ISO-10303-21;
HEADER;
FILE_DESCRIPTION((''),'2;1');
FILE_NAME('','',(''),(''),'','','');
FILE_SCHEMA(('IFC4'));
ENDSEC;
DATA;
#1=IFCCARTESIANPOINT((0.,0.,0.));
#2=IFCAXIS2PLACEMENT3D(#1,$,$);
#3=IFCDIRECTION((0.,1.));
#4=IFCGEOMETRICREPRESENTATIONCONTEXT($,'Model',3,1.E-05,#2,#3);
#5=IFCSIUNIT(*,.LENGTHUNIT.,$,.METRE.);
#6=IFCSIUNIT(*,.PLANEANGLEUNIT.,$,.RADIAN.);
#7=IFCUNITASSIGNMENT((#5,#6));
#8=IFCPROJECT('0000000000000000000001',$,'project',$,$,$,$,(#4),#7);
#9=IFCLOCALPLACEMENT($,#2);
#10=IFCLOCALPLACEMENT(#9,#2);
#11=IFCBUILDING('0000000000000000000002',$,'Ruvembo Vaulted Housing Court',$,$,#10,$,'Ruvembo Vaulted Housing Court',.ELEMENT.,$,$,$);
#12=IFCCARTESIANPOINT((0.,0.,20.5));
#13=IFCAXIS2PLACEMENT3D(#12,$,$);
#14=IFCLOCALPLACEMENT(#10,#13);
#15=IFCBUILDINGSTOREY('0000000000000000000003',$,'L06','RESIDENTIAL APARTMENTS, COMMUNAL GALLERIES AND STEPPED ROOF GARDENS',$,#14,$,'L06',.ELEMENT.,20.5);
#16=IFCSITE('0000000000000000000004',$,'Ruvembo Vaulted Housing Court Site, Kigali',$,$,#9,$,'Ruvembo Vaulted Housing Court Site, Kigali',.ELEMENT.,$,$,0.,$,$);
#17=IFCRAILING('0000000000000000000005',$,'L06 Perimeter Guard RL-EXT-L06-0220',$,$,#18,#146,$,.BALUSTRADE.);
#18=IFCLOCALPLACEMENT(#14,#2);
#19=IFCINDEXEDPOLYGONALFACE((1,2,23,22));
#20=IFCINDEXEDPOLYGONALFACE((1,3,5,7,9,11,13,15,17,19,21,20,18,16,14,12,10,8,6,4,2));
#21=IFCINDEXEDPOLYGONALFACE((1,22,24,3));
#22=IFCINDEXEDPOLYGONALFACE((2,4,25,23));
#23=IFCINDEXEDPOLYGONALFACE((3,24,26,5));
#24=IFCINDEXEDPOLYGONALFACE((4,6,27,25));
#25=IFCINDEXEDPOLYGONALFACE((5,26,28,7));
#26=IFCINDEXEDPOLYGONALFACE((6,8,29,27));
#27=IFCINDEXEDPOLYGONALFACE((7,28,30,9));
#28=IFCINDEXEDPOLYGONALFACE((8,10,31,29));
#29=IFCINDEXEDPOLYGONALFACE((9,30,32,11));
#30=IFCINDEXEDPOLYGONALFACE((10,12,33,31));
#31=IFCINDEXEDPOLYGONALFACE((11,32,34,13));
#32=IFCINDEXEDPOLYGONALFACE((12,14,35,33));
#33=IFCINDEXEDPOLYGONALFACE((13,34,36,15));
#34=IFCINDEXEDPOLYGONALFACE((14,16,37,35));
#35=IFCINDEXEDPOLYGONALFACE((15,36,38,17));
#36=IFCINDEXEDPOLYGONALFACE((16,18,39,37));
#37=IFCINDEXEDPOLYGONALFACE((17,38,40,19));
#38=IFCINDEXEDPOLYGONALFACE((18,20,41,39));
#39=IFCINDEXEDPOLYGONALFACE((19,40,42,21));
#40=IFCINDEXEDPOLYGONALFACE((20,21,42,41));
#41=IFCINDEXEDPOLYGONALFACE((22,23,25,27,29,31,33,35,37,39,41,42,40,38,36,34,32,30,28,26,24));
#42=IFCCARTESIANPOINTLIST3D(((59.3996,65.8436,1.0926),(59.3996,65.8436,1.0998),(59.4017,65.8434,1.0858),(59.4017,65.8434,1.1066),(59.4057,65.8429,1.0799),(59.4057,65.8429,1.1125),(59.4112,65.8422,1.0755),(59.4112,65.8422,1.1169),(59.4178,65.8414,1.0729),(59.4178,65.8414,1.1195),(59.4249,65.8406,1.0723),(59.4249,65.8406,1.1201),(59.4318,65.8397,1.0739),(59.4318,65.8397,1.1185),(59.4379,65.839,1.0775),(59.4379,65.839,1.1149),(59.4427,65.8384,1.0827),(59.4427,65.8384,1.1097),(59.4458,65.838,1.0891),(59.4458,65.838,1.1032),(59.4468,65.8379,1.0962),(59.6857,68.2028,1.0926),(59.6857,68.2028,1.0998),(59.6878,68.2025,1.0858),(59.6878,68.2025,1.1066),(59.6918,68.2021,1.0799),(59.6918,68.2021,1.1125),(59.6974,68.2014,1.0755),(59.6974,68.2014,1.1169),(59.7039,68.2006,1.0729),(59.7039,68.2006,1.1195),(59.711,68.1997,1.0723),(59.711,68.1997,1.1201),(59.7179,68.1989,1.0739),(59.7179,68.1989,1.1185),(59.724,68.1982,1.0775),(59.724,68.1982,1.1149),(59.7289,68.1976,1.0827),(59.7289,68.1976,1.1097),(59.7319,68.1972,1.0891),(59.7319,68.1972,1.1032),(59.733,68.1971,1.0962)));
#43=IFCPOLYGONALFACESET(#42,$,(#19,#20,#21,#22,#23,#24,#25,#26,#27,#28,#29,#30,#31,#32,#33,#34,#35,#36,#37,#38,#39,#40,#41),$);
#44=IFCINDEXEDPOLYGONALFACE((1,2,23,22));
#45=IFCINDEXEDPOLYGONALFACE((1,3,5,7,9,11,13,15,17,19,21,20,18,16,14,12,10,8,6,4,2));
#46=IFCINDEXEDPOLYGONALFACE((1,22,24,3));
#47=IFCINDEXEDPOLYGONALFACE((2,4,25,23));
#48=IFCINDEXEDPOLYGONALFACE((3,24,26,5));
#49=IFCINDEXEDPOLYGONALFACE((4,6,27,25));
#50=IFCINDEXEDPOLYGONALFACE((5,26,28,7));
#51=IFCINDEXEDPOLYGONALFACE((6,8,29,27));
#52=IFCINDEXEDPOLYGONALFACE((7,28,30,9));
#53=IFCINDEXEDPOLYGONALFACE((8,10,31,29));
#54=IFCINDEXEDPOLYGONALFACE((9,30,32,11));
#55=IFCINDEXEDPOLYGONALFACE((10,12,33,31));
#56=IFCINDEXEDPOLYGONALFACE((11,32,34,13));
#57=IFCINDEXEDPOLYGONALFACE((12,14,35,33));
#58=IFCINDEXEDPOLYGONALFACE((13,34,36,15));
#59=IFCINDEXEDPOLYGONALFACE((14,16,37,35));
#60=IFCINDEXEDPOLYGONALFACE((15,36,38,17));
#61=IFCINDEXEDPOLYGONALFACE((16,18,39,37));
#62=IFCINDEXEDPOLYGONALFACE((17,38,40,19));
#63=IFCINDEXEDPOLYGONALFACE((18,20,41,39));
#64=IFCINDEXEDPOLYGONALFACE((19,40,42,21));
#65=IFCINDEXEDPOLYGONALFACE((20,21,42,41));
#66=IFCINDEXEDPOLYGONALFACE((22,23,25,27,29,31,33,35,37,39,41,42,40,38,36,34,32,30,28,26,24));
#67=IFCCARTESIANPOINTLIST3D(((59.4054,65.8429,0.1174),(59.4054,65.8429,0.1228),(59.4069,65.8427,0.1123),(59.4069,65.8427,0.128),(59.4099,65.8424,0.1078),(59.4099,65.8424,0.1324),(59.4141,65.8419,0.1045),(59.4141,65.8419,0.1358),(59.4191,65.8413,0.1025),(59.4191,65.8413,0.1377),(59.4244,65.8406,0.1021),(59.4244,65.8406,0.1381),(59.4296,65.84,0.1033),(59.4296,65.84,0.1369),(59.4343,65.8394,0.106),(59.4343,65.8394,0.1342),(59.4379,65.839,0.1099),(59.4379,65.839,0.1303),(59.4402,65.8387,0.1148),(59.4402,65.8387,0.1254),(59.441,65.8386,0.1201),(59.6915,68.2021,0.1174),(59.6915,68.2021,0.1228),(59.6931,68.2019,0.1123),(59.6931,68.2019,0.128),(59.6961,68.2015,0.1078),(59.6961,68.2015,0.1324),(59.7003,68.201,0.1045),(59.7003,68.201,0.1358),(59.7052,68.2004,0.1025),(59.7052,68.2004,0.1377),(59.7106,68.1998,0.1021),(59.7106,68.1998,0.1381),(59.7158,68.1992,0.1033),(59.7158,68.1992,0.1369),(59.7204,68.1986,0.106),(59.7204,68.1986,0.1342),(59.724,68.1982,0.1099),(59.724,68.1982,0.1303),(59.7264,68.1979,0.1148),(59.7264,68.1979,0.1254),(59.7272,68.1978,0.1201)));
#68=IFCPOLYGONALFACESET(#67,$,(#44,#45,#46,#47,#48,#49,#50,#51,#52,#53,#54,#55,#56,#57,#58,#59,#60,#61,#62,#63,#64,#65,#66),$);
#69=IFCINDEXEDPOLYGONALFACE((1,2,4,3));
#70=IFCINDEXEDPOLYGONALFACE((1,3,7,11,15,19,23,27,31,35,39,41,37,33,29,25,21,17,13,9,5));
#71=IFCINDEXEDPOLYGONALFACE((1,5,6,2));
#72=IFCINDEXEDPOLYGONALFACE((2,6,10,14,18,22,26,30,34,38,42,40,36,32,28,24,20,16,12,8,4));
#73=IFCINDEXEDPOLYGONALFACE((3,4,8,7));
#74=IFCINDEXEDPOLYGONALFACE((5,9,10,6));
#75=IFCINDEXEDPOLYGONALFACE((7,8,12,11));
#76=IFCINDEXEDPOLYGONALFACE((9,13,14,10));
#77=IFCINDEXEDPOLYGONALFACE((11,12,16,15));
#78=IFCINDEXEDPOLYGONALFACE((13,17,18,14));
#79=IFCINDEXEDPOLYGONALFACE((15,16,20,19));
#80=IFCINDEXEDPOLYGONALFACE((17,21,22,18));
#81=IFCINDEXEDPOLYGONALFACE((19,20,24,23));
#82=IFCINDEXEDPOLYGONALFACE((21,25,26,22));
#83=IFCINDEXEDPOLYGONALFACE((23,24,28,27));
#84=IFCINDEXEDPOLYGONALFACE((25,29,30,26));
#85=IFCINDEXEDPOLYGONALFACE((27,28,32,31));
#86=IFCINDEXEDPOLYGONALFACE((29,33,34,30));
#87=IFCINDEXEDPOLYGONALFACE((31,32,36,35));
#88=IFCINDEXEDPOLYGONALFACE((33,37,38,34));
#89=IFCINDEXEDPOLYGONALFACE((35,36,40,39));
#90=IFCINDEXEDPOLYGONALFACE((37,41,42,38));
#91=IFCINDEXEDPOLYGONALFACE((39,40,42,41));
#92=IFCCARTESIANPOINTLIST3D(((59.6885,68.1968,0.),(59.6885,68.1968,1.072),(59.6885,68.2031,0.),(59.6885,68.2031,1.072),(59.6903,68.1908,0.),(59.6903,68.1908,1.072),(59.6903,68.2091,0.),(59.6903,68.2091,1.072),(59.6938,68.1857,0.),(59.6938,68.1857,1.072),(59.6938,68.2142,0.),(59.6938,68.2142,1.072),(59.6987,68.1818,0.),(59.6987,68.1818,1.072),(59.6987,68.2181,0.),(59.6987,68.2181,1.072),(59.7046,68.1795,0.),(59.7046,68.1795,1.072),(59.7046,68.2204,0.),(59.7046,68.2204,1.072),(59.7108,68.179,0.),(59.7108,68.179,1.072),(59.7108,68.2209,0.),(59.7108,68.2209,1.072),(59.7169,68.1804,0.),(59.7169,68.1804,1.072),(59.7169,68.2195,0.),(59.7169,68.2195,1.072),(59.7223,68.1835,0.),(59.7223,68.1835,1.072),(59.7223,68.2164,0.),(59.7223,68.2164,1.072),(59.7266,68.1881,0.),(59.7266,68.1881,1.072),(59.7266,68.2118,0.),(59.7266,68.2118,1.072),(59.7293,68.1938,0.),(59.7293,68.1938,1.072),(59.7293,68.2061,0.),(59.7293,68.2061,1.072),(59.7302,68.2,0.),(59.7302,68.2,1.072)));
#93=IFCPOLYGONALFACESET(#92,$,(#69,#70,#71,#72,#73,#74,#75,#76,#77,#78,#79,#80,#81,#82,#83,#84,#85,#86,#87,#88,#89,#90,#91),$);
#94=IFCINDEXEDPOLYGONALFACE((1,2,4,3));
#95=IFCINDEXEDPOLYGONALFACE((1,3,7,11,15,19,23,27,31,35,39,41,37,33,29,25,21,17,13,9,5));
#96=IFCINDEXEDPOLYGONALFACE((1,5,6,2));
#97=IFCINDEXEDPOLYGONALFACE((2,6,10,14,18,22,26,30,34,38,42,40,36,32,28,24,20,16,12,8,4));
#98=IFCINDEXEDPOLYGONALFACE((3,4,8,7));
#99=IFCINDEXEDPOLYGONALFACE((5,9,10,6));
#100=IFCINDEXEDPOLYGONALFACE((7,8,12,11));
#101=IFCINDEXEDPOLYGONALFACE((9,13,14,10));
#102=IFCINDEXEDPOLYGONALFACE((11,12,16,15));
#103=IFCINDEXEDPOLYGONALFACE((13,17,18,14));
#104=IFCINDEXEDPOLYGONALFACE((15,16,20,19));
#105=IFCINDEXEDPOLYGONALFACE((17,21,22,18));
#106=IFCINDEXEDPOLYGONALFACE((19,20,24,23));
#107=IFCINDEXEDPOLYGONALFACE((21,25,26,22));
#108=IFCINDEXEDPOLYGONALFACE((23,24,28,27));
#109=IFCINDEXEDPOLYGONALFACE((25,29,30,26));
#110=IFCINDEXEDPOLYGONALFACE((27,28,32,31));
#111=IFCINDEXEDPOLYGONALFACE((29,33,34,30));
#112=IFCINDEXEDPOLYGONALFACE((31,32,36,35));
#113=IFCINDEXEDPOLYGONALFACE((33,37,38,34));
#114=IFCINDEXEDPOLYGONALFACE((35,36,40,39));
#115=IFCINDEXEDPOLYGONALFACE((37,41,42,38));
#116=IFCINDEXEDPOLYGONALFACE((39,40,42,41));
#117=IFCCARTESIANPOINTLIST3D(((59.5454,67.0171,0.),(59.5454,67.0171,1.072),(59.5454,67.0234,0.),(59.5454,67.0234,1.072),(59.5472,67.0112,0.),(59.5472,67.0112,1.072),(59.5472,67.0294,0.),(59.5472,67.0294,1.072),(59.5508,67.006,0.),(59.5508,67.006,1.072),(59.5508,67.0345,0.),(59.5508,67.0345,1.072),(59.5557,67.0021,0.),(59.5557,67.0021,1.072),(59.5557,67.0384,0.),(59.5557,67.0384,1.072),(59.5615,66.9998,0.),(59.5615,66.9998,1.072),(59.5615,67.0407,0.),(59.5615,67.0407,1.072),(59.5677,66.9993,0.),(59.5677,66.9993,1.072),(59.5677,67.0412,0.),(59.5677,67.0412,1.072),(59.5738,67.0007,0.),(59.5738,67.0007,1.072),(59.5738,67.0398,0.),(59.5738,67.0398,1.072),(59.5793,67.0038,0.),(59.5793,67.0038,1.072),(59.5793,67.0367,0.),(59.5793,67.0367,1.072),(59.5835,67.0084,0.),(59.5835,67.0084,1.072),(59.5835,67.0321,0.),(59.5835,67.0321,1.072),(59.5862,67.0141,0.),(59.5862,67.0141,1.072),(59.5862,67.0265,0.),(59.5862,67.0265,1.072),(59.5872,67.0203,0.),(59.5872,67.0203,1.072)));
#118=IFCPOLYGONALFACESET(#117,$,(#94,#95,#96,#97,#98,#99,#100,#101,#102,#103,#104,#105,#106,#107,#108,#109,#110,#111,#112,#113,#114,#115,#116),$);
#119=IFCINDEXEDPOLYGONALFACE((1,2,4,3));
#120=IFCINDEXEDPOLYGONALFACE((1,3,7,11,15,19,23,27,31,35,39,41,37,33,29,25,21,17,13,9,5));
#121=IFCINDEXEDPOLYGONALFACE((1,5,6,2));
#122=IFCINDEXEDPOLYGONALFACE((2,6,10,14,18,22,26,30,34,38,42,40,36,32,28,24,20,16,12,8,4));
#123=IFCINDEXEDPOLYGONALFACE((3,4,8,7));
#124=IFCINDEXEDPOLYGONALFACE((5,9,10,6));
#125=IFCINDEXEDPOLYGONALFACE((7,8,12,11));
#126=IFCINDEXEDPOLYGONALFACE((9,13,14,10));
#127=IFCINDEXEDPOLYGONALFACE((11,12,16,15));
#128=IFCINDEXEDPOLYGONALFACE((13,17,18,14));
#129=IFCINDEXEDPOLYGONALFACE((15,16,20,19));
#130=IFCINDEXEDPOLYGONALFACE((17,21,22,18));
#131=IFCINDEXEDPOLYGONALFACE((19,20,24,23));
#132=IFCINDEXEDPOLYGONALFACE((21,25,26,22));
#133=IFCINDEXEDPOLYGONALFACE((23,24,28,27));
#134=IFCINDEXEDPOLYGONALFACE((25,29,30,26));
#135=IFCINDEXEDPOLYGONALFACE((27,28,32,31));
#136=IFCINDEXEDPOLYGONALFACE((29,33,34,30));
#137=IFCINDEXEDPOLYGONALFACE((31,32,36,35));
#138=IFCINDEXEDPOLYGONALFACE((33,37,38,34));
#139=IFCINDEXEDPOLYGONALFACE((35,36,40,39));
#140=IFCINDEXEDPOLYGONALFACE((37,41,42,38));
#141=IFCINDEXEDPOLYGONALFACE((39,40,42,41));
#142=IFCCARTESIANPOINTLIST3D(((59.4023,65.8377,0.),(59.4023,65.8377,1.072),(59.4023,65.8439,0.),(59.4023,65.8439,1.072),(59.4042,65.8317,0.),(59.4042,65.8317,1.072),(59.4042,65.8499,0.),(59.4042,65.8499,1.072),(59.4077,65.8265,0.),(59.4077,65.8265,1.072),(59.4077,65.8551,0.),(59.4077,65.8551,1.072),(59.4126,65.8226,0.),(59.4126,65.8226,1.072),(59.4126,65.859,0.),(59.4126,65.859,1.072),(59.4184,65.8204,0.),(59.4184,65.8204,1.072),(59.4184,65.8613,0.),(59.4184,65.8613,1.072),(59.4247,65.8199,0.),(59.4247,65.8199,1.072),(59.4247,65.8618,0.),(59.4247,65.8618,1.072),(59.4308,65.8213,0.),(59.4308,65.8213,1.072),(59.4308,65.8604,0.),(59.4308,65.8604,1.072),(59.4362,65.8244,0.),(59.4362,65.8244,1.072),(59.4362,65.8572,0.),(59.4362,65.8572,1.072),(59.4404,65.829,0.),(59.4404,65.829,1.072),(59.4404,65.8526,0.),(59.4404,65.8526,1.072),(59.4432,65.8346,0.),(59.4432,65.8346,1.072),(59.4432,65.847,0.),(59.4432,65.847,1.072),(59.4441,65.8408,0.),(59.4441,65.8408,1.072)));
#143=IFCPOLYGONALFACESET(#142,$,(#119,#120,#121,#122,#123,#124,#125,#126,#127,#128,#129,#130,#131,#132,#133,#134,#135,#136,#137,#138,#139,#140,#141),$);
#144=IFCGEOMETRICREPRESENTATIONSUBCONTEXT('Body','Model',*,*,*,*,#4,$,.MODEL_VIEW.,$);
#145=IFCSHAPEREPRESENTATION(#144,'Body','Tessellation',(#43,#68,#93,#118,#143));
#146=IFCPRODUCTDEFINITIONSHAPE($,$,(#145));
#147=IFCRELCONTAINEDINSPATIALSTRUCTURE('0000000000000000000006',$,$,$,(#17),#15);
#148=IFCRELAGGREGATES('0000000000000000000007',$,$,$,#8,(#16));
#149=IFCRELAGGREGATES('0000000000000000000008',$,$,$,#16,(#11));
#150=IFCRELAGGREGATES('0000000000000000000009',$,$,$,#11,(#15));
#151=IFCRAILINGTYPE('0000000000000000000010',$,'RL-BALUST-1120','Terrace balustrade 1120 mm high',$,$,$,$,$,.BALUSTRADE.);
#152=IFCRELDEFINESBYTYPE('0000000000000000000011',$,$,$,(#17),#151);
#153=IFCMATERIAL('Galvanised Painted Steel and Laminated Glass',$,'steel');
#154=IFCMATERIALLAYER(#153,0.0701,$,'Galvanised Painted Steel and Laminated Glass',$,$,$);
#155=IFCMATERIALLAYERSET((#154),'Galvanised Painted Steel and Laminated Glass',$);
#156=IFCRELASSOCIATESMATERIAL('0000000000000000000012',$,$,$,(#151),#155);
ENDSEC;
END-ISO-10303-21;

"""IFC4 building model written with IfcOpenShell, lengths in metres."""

from ifc_helpers import new_model, si_unit, direction, frame, origin, origin_2d, place, context, subcontext, project, spatial, circle, extrude, material, layer, layer_set, type_object, element, save


model = new_model("IFC4")

# Units and contexts
model_context = context("Model", 3, precision=1e-05, world=origin(), true_north=direction((0.0, 1.0)))
body_context = subcontext(model_context, "Body", "Model", "MODEL_VIEW")
ifc_project = project(units=[si_unit("LENGTHUNIT", "METRE"), si_unit("PLANEANGLEUNIT", "RADIAN")], contexts=[model_context])

# Site, building, storey
site_placement = place(None, origin())
site = spatial("IfcSite", under=ifc_project, at=site_placement, Name="Ruvembo Vaulted Housing Court Site, Kigali", LongName="Ruvembo Vaulted Housing Court Site, Kigali", CompositionType="ELEMENT", RefElevation=0.0)
building_placement = place(site_placement, origin())
building = spatial("IfcBuilding", under=site, at=building_placement, Name="Ruvembo Vaulted Housing Court", LongName="Ruvembo Vaulted Housing Court", CompositionType="ELEMENT")
storey_placement = place(building_placement, frame((0.0, 0.0, 20.5)))
storey = spatial("IfcBuildingStorey", under=building, at=storey_placement, Name="L06", Description="RESIDENTIAL APARTMENTS, COMMUNAL GALLERIES AND STEPPED ROOF GARDENS", LongName="L06", CompositionType="ELEMENT", Elevation=20.5)

# Railing
ifc_material_1 = material(Name="Galvanised Painted Steel and Laminated Glass", Category="steel")
ifc_layer = layer(ifc_material_1, 0.0701, Name="Galvanised Painted Steel and Laminated Glass")
ifc_layer_set = layer_set([ifc_layer], Name="Galvanised Painted Steel and Laminated Glass")
railing_type = type_object("IfcRailingType", Name="RL-BALUST-1120", Description="Terrace balustrade 1120 mm high", PredefinedType="BALUSTRADE", material=ifc_layer_set)
railing_1_placement = place(storey_placement, frame((59.7092, 68.2, 0.0)))
element("IfcRailing", 1, at=railing_1_placement, inside=storey, type_object=railing_type, Name="L06 Perimeter Guard RL-EXT-L06-0220", PredefinedType="BALUSTRADE", context=body_context, shape_type="SweptSolid", body=[
    extrude(circle(Radius=0.0239, at=origin_2d()), frame((0.0, 0.0, 1.0962), z_axis=(-0.120405, -0.992725, 0.0), x_axis=(0.992725, -0.120405, 0.0)), (0.0, 0.0, 1.0), 2.3765),
    extrude(circle(Radius=0.0181, at=origin_2d()), frame((0.0, 0.0, 0.1201), z_axis=(-0.120405, -0.992725, 0.0), x_axis=(0.992725, -0.120405, 0.0)), (0.0, 0.0, 1.0), 2.3765),
    extrude(circle(Radius=0.021, at=origin_2d()), origin(), (0.0, 0.0, 1.0), 1.072),
    extrude(circle(Radius=0.021, at=origin_2d()), frame((-0.1431, -1.1797, 0.0)), (0.0, 0.0, 1.0), 1.072),
    extrude(circle(Radius=0.021, at=origin_2d()), frame((-0.2861, -2.3591, 0.0)), (0.0, 0.0, 1.0), 1.072),
])

save(model, "model.ifc")
